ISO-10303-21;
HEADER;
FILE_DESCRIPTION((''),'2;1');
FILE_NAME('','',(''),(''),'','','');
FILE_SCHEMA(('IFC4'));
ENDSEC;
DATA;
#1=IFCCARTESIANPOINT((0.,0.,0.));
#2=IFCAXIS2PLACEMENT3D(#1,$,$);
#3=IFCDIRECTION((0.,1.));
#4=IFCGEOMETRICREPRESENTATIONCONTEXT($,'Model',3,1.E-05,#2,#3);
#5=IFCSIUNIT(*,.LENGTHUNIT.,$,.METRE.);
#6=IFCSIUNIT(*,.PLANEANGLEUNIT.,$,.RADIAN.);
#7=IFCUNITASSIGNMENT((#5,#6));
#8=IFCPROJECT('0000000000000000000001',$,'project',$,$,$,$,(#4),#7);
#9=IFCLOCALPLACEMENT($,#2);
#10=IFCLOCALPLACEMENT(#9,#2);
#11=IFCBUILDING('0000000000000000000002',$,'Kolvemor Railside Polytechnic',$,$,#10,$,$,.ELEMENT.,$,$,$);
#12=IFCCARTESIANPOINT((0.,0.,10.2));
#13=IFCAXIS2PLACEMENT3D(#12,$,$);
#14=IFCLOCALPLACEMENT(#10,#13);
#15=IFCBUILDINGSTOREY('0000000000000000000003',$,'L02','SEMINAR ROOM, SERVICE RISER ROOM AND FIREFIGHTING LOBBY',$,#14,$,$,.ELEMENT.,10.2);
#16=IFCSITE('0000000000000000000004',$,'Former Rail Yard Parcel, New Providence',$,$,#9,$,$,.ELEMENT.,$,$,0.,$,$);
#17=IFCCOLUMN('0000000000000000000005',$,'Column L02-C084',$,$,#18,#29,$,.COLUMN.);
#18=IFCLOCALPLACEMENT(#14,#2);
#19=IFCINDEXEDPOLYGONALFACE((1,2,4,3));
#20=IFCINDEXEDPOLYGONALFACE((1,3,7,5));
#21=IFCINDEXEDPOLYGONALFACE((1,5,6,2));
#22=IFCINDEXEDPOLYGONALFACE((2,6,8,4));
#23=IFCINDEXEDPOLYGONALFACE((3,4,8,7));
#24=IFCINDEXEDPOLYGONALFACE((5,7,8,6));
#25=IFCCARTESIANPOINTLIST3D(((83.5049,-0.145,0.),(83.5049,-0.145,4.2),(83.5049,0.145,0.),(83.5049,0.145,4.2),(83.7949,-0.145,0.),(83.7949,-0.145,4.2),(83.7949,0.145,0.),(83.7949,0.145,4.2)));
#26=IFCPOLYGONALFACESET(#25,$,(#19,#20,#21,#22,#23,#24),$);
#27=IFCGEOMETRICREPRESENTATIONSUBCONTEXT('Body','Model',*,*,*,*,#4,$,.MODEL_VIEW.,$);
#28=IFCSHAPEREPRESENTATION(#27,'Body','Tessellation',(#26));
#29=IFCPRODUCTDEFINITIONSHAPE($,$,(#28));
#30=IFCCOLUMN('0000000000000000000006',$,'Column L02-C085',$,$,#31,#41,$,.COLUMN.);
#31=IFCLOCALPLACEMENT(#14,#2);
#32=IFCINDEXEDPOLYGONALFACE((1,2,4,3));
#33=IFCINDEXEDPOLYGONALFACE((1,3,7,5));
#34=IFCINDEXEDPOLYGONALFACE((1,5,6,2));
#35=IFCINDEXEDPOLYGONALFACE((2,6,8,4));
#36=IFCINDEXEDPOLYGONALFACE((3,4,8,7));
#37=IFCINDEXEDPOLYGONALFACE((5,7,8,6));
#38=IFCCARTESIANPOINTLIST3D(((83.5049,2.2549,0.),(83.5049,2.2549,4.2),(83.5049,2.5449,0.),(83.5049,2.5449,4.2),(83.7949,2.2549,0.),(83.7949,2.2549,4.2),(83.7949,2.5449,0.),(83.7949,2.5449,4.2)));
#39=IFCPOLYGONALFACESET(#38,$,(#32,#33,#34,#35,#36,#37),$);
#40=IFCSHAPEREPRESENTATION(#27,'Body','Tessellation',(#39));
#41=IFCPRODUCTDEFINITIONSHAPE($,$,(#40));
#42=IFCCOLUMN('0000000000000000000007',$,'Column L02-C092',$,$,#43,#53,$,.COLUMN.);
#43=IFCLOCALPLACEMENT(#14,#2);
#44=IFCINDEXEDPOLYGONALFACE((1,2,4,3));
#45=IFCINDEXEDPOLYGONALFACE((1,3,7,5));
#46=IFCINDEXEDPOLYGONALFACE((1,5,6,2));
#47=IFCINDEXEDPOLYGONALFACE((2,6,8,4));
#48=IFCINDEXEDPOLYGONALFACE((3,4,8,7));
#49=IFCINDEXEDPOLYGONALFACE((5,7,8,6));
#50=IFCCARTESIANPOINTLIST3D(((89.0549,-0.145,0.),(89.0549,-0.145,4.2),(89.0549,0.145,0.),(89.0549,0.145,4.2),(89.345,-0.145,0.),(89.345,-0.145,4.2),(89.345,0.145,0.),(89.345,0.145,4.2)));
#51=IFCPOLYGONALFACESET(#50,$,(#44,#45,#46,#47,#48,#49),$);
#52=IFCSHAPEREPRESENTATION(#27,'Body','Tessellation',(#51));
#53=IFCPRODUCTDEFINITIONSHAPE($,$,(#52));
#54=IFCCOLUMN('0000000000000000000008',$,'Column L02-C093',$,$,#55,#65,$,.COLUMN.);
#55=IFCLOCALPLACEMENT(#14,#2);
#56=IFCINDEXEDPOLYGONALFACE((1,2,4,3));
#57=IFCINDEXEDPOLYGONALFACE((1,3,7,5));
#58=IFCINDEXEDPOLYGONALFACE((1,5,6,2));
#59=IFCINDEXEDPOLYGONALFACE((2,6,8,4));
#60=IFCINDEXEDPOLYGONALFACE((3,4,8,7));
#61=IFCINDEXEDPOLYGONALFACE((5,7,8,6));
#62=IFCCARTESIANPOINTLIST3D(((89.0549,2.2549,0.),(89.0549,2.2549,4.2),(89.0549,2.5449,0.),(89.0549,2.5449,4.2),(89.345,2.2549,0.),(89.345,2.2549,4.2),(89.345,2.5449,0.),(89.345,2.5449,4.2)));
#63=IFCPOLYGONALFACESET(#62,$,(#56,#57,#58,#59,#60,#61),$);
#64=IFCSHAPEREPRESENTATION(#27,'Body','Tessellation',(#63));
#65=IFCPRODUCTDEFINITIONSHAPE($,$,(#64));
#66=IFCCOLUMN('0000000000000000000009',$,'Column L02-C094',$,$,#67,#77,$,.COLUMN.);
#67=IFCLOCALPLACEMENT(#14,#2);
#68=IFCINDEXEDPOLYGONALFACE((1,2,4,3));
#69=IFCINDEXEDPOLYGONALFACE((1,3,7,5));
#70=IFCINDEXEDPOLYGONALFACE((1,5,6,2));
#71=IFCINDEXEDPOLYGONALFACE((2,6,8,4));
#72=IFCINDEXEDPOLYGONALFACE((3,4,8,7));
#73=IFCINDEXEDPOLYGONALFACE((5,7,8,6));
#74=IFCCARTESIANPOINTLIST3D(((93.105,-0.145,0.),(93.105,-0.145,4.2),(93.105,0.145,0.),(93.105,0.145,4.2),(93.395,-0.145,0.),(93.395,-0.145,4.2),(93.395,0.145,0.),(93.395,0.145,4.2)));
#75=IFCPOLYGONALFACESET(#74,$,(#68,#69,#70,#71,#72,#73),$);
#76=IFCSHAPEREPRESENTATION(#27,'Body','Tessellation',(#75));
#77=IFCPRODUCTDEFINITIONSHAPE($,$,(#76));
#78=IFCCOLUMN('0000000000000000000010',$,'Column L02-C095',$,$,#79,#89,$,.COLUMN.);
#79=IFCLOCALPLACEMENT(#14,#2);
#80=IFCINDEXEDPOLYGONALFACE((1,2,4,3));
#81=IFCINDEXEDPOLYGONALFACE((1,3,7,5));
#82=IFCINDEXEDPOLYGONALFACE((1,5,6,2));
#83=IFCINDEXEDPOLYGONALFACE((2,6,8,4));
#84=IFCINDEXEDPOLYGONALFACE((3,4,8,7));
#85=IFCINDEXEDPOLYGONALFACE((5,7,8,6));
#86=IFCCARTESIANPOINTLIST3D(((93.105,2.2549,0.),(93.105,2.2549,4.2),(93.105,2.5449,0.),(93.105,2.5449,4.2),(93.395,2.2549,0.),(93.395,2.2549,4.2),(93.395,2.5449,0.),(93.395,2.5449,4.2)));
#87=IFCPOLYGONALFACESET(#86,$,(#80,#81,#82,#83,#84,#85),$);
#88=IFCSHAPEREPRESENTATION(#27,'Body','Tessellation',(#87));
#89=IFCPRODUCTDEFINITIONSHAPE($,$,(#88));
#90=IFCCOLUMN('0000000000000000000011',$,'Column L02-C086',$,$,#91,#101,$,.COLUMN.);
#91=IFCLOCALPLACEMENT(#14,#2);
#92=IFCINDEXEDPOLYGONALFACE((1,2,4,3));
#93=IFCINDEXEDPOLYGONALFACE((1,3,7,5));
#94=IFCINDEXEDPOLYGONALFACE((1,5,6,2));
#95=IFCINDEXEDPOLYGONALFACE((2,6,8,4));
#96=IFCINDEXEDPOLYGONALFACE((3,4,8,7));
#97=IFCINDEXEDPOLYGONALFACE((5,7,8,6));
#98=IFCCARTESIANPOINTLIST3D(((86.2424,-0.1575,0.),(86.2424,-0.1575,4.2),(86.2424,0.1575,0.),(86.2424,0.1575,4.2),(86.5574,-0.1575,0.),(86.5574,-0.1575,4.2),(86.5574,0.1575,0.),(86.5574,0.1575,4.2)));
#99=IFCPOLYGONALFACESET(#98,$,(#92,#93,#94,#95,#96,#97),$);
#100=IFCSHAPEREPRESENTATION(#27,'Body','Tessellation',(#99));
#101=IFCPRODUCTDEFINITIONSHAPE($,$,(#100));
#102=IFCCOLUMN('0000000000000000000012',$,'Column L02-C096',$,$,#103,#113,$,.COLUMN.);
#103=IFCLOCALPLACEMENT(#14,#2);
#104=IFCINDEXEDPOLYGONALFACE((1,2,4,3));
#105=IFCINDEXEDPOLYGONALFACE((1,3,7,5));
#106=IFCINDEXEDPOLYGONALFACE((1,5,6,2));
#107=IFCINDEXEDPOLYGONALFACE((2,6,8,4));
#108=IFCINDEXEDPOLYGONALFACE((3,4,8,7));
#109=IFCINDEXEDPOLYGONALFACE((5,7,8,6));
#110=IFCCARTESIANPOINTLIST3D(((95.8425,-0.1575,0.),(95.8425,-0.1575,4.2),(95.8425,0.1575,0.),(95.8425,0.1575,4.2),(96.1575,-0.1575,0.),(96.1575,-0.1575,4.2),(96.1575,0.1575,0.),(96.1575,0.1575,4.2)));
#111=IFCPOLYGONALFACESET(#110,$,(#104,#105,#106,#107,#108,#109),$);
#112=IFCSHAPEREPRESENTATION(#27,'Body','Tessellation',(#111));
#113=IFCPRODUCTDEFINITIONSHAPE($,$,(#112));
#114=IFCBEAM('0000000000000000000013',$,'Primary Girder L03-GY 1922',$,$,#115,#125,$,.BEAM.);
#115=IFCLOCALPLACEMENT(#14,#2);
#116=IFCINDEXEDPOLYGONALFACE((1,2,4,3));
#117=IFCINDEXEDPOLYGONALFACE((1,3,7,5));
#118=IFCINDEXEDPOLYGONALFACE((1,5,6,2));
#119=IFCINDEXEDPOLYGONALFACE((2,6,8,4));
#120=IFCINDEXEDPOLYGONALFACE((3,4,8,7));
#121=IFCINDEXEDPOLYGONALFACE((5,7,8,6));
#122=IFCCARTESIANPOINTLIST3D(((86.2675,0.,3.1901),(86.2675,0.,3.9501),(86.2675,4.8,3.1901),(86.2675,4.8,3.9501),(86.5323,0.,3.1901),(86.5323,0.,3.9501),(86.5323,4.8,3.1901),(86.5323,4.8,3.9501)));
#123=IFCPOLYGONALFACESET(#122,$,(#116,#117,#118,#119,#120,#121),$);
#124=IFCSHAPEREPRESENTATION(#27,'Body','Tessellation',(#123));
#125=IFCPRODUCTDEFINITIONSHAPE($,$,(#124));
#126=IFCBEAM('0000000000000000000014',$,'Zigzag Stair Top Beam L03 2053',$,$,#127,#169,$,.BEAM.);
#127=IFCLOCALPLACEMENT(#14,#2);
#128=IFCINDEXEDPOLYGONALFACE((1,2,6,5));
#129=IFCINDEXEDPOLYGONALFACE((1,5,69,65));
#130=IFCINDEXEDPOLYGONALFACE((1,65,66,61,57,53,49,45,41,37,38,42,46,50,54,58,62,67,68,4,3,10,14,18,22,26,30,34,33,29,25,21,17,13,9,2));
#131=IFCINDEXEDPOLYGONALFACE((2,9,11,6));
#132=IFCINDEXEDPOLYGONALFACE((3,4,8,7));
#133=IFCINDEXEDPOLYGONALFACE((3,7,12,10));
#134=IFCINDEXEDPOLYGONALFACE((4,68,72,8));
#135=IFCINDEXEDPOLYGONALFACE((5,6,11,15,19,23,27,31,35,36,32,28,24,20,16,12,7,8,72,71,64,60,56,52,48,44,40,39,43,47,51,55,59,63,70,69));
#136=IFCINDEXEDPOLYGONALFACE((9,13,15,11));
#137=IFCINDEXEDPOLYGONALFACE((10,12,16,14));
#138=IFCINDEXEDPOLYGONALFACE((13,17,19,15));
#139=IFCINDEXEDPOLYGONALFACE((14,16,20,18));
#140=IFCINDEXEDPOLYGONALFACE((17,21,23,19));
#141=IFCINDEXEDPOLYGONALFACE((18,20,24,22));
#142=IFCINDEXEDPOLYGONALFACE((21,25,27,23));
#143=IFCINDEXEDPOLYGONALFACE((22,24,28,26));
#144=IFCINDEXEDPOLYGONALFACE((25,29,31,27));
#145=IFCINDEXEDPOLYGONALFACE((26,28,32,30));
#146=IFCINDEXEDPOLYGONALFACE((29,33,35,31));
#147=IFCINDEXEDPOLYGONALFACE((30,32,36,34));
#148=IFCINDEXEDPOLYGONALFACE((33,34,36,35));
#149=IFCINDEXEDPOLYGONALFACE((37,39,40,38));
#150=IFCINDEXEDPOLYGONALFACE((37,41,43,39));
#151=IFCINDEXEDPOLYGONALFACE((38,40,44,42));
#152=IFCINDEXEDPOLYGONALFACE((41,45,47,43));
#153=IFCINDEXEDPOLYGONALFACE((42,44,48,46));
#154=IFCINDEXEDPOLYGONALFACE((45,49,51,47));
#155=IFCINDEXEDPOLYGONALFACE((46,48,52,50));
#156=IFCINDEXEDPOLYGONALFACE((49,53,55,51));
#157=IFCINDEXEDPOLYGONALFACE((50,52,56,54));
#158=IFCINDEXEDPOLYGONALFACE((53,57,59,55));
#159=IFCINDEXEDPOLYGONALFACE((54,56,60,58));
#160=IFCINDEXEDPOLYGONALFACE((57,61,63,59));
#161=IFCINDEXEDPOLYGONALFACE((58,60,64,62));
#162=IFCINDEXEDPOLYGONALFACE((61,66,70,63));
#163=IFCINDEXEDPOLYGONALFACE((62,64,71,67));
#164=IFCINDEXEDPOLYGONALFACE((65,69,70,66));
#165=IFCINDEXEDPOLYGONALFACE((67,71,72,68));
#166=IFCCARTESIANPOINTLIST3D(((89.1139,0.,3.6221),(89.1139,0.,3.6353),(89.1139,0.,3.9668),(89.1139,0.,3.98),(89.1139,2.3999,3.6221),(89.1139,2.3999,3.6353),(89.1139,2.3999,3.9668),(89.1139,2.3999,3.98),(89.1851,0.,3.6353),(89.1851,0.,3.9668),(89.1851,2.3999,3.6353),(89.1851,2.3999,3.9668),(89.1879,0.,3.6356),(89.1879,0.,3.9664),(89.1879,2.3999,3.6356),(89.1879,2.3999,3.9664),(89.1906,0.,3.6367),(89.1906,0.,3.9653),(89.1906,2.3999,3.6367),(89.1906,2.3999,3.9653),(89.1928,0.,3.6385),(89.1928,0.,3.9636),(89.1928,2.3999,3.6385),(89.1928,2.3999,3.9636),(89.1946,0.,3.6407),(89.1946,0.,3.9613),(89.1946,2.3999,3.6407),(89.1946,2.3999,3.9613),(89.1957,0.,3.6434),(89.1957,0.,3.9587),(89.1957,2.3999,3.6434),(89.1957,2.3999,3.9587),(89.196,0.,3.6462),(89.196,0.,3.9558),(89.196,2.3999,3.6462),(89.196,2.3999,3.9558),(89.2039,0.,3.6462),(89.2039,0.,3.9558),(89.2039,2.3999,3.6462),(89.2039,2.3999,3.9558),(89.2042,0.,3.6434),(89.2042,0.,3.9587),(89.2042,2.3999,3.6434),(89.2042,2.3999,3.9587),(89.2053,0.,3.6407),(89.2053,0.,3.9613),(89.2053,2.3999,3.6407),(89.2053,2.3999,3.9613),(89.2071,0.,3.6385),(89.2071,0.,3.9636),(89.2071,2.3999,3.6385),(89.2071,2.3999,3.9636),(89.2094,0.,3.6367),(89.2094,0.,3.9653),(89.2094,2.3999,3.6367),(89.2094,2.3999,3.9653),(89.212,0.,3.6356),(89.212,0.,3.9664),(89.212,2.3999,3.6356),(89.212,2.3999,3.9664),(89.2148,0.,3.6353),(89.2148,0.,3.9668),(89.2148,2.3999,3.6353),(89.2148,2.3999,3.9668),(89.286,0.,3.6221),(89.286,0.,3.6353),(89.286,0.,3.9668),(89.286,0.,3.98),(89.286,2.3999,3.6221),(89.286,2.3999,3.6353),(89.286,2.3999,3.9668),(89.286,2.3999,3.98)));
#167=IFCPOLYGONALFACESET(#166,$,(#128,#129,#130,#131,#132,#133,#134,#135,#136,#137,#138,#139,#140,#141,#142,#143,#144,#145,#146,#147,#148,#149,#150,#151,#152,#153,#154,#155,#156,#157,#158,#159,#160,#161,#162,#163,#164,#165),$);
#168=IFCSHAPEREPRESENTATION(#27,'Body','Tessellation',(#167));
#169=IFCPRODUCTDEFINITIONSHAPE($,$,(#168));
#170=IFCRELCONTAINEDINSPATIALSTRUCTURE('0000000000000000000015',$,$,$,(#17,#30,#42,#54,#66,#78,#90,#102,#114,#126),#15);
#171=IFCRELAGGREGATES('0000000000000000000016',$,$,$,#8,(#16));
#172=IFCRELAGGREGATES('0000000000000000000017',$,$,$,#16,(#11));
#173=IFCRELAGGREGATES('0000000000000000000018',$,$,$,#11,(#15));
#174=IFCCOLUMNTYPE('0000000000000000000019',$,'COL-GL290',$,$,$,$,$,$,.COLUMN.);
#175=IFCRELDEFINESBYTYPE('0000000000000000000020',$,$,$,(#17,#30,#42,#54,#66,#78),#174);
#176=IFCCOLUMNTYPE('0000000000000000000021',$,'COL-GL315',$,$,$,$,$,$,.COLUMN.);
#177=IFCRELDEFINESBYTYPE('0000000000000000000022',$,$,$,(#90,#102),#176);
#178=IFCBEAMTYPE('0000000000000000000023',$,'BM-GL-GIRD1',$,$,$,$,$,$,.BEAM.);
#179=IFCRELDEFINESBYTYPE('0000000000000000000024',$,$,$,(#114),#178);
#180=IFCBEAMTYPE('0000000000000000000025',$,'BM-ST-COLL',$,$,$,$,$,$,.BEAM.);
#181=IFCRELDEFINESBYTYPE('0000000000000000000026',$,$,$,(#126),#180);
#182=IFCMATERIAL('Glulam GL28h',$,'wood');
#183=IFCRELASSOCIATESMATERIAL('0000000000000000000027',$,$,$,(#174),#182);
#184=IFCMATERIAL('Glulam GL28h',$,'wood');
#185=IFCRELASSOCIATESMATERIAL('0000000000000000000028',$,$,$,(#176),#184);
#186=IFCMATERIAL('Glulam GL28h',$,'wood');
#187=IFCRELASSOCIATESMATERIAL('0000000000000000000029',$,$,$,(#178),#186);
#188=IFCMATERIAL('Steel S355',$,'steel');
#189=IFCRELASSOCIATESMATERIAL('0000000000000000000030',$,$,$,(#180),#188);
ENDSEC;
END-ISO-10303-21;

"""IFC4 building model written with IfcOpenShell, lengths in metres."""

from ifc_helpers import new_model, si_unit, direction, frame, origin, origin_2d, place, context, subcontext, project, spatial, rectangle, i_section, extrude, material, material_profile, profile_set, type_object, element, save


model = new_model("IFC4")

# Units and contexts
model_context = context("Model", 3, precision=1e-05, world=origin(), true_north=direction((0.0, 1.0)))
body_context = subcontext(model_context, "Body", "Model", "MODEL_VIEW")
ifc_project = project(units=[si_unit("LENGTHUNIT", "METRE"), si_unit("PLANEANGLEUNIT", "RADIAN")], contexts=[model_context])

# Site, building, storey
site_placement = place(None, origin())
site = spatial("IfcSite", under=ifc_project, at=site_placement, Name="Former Rail Yard Parcel, New Providence", CompositionType="ELEMENT", RefElevation=0.0)
building_placement = place(site_placement, origin())
building = spatial("IfcBuilding", under=site, at=building_placement, Name="Kolvemor Railside Polytechnic", CompositionType="ELEMENT")
storey_placement = place(building_placement, frame((0.0, 0.0, 10.2)))
storey = spatial("IfcBuildingStorey", under=building, at=storey_placement, Name="L02", Description="SEMINAR ROOM, SERVICE RISER ROOM AND FIREFIGHTING LOBBY", CompositionType="ELEMENT", Elevation=10.2)

# Columns
ifc_material_1 = material(Name="Glulam GL28h", Category="wood")
ifc_material_profile_1 = material_profile(ifc_material_1, rectangle(XDim=0.29, YDim=0.29, at=origin_2d()), Name="GL290x290")
ifc_profile_set_1 = profile_set([ifc_material_profile_1], Name="Glulam GL28h")
column_type_1 = type_object("IfcColumnType", Name="COL-GL290", PredefinedType="COLUMN", material=ifc_profile_set_1)
for number, where, z_axis, x_axis, name in (
    (1, (83.6499, 0.0, 0.0), (0.0, 0.0, 1.0), (1.0, 0.0, 0.0), "Column L02-C084"),
    (2, (83.6499, 2.3999, 0.0), (0.0, 0.0, 1.0), (1.0, 0.0, 0.0), "Column L02-C085"),
    (3, (89.2, 0.0, 0.0), (0.0, 0.0, 1.0), (1.0, 0.0, 0.0), "Column L02-C092"),
    (4, (89.2, 2.3999, 0.0), (0.0, 0.0, 1.0), (1.0, 0.0, 0.0), "Column L02-C093"),
    (5, (93.25, 0.0, 0.0), (0.0, 0.0, 1.0), (1.0, 0.0, 0.0), "Column L02-C094"),
    (6, (93.25, 2.3999, 0.0), (0.0, 0.0, 1.0), (1.0, 0.0, 0.0), "Column L02-C095"),
):
    element("IfcColumn", number, at=place(storey_placement, frame(where, z_axis=z_axis, x_axis=x_axis)), inside=storey, type_object=column_type_1, Name=name, PredefinedType="COLUMN", context=body_context, shape_type="SweptSolid", body=[
        extrude(rectangle(XDim=0.29, YDim=0.29, at=origin_2d()), origin(), (0.0, 0.0, 1.0), 4.2),
    ])
ifc_material_2 = material(Name="Glulam GL28h", Category="wood")
ifc_material_profile_2 = material_profile(ifc_material_2, rectangle(XDim=0.3149, YDim=0.3149, at=origin_2d()), Name="GL315x315")
ifc_profile_set_2 = profile_set([ifc_material_profile_2], Name="Glulam GL28h")
column_type_2 = type_object("IfcColumnType", Name="COL-GL315", PredefinedType="COLUMN", material=ifc_profile_set_2)
for number, where, z_axis, x_axis, name in (
    (7, (86.3999, 0.0, 0.0), (0.0, 0.0, 1.0), (1.0, 0.0, 0.0), "Column L02-C086"),
    (8, (96.0, 0.0, 0.0), (0.0, 0.0, 1.0), (1.0, 0.0, 0.0), "Column L02-C096"),
):
    element("IfcColumn", number, at=place(storey_placement, frame(where, z_axis=z_axis, x_axis=x_axis)), inside=storey, type_object=column_type_2, Name=name, PredefinedType="COLUMN", context=body_context, shape_type="SweptSolid", body=[
        extrude(rectangle(XDim=0.3149, YDim=0.3149, at=origin_2d()), origin(), (0.0, 0.0, 1.0), 4.2),
    ])

# Beams
ifc_material_3 = material(Name="Glulam GL28h", Category="wood")
ifc_material_profile_3 = material_profile(ifc_material_3, rectangle(XDim=0.2649, YDim=0.76, at=origin_2d()), Name="GL265x760")
ifc_profile_set_3 = profile_set([ifc_material_profile_3], Name="Glulam GL28h")
beam_type_1 = type_object("IfcBeamType", Name="BM-GL-GIRD1", PredefinedType="BEAM", material=ifc_profile_set_3)
beam_1_placement = place(storey_placement, frame((86.3999, 0.0, 3.5701), z_axis=(0.0, 1.0, 0.0), x_axis=(-1.0, 0.0, 0.0)))
element("IfcBeam", 9, at=beam_1_placement, inside=storey, type_object=beam_type_1, Name="Primary Girder L03-GY 1922", PredefinedType="BEAM", context=body_context, shape_type="SweptSolid", body=[
    extrude(rectangle(XDim=0.2649, YDim=0.76, at=origin_2d()), origin(), (0.0, 0.0, 1.0), 4.8),
])
ifc_material_4 = material(Name="Steel S355", Category="steel")
ifc_material_profile_4 = material_profile(ifc_material_4, i_section(OverallWidth=0.1721, OverallDepth=0.3579, WebThickness=0.0078, FlangeThickness=0.0132, FilletRadius=0.011, at=origin_2d()), Name="W360x57")
ifc_profile_set_4 = profile_set([ifc_material_profile_4], Name="Steel S355")
beam_type_2 = type_object("IfcBeamType", Name="BM-ST-COLL", PredefinedType="BEAM", material=ifc_profile_set_4)
beam_2_placement = place(storey_placement, frame((89.2, 0.0, 3.801), z_axis=(0.0, 1.0, 0.0), x_axis=(-1.0, 0.0, 0.0)))
element("IfcBeam", 10, at=beam_2_placement, inside=storey, type_object=beam_type_2, Name="Zigzag Stair Top Beam L03 2053", PredefinedType="BEAM", context=body_context, shape_type="SweptSolid", body=[
    extrude(i_section(OverallWidth=0.1721, OverallDepth=0.3579, WebThickness=0.0078, FlangeThickness=0.0132, FilletRadius=0.011, at=origin_2d()), origin(), (0.0, 0.0, 1.0), 2.3999),
])

save(model, "model.ifc")
